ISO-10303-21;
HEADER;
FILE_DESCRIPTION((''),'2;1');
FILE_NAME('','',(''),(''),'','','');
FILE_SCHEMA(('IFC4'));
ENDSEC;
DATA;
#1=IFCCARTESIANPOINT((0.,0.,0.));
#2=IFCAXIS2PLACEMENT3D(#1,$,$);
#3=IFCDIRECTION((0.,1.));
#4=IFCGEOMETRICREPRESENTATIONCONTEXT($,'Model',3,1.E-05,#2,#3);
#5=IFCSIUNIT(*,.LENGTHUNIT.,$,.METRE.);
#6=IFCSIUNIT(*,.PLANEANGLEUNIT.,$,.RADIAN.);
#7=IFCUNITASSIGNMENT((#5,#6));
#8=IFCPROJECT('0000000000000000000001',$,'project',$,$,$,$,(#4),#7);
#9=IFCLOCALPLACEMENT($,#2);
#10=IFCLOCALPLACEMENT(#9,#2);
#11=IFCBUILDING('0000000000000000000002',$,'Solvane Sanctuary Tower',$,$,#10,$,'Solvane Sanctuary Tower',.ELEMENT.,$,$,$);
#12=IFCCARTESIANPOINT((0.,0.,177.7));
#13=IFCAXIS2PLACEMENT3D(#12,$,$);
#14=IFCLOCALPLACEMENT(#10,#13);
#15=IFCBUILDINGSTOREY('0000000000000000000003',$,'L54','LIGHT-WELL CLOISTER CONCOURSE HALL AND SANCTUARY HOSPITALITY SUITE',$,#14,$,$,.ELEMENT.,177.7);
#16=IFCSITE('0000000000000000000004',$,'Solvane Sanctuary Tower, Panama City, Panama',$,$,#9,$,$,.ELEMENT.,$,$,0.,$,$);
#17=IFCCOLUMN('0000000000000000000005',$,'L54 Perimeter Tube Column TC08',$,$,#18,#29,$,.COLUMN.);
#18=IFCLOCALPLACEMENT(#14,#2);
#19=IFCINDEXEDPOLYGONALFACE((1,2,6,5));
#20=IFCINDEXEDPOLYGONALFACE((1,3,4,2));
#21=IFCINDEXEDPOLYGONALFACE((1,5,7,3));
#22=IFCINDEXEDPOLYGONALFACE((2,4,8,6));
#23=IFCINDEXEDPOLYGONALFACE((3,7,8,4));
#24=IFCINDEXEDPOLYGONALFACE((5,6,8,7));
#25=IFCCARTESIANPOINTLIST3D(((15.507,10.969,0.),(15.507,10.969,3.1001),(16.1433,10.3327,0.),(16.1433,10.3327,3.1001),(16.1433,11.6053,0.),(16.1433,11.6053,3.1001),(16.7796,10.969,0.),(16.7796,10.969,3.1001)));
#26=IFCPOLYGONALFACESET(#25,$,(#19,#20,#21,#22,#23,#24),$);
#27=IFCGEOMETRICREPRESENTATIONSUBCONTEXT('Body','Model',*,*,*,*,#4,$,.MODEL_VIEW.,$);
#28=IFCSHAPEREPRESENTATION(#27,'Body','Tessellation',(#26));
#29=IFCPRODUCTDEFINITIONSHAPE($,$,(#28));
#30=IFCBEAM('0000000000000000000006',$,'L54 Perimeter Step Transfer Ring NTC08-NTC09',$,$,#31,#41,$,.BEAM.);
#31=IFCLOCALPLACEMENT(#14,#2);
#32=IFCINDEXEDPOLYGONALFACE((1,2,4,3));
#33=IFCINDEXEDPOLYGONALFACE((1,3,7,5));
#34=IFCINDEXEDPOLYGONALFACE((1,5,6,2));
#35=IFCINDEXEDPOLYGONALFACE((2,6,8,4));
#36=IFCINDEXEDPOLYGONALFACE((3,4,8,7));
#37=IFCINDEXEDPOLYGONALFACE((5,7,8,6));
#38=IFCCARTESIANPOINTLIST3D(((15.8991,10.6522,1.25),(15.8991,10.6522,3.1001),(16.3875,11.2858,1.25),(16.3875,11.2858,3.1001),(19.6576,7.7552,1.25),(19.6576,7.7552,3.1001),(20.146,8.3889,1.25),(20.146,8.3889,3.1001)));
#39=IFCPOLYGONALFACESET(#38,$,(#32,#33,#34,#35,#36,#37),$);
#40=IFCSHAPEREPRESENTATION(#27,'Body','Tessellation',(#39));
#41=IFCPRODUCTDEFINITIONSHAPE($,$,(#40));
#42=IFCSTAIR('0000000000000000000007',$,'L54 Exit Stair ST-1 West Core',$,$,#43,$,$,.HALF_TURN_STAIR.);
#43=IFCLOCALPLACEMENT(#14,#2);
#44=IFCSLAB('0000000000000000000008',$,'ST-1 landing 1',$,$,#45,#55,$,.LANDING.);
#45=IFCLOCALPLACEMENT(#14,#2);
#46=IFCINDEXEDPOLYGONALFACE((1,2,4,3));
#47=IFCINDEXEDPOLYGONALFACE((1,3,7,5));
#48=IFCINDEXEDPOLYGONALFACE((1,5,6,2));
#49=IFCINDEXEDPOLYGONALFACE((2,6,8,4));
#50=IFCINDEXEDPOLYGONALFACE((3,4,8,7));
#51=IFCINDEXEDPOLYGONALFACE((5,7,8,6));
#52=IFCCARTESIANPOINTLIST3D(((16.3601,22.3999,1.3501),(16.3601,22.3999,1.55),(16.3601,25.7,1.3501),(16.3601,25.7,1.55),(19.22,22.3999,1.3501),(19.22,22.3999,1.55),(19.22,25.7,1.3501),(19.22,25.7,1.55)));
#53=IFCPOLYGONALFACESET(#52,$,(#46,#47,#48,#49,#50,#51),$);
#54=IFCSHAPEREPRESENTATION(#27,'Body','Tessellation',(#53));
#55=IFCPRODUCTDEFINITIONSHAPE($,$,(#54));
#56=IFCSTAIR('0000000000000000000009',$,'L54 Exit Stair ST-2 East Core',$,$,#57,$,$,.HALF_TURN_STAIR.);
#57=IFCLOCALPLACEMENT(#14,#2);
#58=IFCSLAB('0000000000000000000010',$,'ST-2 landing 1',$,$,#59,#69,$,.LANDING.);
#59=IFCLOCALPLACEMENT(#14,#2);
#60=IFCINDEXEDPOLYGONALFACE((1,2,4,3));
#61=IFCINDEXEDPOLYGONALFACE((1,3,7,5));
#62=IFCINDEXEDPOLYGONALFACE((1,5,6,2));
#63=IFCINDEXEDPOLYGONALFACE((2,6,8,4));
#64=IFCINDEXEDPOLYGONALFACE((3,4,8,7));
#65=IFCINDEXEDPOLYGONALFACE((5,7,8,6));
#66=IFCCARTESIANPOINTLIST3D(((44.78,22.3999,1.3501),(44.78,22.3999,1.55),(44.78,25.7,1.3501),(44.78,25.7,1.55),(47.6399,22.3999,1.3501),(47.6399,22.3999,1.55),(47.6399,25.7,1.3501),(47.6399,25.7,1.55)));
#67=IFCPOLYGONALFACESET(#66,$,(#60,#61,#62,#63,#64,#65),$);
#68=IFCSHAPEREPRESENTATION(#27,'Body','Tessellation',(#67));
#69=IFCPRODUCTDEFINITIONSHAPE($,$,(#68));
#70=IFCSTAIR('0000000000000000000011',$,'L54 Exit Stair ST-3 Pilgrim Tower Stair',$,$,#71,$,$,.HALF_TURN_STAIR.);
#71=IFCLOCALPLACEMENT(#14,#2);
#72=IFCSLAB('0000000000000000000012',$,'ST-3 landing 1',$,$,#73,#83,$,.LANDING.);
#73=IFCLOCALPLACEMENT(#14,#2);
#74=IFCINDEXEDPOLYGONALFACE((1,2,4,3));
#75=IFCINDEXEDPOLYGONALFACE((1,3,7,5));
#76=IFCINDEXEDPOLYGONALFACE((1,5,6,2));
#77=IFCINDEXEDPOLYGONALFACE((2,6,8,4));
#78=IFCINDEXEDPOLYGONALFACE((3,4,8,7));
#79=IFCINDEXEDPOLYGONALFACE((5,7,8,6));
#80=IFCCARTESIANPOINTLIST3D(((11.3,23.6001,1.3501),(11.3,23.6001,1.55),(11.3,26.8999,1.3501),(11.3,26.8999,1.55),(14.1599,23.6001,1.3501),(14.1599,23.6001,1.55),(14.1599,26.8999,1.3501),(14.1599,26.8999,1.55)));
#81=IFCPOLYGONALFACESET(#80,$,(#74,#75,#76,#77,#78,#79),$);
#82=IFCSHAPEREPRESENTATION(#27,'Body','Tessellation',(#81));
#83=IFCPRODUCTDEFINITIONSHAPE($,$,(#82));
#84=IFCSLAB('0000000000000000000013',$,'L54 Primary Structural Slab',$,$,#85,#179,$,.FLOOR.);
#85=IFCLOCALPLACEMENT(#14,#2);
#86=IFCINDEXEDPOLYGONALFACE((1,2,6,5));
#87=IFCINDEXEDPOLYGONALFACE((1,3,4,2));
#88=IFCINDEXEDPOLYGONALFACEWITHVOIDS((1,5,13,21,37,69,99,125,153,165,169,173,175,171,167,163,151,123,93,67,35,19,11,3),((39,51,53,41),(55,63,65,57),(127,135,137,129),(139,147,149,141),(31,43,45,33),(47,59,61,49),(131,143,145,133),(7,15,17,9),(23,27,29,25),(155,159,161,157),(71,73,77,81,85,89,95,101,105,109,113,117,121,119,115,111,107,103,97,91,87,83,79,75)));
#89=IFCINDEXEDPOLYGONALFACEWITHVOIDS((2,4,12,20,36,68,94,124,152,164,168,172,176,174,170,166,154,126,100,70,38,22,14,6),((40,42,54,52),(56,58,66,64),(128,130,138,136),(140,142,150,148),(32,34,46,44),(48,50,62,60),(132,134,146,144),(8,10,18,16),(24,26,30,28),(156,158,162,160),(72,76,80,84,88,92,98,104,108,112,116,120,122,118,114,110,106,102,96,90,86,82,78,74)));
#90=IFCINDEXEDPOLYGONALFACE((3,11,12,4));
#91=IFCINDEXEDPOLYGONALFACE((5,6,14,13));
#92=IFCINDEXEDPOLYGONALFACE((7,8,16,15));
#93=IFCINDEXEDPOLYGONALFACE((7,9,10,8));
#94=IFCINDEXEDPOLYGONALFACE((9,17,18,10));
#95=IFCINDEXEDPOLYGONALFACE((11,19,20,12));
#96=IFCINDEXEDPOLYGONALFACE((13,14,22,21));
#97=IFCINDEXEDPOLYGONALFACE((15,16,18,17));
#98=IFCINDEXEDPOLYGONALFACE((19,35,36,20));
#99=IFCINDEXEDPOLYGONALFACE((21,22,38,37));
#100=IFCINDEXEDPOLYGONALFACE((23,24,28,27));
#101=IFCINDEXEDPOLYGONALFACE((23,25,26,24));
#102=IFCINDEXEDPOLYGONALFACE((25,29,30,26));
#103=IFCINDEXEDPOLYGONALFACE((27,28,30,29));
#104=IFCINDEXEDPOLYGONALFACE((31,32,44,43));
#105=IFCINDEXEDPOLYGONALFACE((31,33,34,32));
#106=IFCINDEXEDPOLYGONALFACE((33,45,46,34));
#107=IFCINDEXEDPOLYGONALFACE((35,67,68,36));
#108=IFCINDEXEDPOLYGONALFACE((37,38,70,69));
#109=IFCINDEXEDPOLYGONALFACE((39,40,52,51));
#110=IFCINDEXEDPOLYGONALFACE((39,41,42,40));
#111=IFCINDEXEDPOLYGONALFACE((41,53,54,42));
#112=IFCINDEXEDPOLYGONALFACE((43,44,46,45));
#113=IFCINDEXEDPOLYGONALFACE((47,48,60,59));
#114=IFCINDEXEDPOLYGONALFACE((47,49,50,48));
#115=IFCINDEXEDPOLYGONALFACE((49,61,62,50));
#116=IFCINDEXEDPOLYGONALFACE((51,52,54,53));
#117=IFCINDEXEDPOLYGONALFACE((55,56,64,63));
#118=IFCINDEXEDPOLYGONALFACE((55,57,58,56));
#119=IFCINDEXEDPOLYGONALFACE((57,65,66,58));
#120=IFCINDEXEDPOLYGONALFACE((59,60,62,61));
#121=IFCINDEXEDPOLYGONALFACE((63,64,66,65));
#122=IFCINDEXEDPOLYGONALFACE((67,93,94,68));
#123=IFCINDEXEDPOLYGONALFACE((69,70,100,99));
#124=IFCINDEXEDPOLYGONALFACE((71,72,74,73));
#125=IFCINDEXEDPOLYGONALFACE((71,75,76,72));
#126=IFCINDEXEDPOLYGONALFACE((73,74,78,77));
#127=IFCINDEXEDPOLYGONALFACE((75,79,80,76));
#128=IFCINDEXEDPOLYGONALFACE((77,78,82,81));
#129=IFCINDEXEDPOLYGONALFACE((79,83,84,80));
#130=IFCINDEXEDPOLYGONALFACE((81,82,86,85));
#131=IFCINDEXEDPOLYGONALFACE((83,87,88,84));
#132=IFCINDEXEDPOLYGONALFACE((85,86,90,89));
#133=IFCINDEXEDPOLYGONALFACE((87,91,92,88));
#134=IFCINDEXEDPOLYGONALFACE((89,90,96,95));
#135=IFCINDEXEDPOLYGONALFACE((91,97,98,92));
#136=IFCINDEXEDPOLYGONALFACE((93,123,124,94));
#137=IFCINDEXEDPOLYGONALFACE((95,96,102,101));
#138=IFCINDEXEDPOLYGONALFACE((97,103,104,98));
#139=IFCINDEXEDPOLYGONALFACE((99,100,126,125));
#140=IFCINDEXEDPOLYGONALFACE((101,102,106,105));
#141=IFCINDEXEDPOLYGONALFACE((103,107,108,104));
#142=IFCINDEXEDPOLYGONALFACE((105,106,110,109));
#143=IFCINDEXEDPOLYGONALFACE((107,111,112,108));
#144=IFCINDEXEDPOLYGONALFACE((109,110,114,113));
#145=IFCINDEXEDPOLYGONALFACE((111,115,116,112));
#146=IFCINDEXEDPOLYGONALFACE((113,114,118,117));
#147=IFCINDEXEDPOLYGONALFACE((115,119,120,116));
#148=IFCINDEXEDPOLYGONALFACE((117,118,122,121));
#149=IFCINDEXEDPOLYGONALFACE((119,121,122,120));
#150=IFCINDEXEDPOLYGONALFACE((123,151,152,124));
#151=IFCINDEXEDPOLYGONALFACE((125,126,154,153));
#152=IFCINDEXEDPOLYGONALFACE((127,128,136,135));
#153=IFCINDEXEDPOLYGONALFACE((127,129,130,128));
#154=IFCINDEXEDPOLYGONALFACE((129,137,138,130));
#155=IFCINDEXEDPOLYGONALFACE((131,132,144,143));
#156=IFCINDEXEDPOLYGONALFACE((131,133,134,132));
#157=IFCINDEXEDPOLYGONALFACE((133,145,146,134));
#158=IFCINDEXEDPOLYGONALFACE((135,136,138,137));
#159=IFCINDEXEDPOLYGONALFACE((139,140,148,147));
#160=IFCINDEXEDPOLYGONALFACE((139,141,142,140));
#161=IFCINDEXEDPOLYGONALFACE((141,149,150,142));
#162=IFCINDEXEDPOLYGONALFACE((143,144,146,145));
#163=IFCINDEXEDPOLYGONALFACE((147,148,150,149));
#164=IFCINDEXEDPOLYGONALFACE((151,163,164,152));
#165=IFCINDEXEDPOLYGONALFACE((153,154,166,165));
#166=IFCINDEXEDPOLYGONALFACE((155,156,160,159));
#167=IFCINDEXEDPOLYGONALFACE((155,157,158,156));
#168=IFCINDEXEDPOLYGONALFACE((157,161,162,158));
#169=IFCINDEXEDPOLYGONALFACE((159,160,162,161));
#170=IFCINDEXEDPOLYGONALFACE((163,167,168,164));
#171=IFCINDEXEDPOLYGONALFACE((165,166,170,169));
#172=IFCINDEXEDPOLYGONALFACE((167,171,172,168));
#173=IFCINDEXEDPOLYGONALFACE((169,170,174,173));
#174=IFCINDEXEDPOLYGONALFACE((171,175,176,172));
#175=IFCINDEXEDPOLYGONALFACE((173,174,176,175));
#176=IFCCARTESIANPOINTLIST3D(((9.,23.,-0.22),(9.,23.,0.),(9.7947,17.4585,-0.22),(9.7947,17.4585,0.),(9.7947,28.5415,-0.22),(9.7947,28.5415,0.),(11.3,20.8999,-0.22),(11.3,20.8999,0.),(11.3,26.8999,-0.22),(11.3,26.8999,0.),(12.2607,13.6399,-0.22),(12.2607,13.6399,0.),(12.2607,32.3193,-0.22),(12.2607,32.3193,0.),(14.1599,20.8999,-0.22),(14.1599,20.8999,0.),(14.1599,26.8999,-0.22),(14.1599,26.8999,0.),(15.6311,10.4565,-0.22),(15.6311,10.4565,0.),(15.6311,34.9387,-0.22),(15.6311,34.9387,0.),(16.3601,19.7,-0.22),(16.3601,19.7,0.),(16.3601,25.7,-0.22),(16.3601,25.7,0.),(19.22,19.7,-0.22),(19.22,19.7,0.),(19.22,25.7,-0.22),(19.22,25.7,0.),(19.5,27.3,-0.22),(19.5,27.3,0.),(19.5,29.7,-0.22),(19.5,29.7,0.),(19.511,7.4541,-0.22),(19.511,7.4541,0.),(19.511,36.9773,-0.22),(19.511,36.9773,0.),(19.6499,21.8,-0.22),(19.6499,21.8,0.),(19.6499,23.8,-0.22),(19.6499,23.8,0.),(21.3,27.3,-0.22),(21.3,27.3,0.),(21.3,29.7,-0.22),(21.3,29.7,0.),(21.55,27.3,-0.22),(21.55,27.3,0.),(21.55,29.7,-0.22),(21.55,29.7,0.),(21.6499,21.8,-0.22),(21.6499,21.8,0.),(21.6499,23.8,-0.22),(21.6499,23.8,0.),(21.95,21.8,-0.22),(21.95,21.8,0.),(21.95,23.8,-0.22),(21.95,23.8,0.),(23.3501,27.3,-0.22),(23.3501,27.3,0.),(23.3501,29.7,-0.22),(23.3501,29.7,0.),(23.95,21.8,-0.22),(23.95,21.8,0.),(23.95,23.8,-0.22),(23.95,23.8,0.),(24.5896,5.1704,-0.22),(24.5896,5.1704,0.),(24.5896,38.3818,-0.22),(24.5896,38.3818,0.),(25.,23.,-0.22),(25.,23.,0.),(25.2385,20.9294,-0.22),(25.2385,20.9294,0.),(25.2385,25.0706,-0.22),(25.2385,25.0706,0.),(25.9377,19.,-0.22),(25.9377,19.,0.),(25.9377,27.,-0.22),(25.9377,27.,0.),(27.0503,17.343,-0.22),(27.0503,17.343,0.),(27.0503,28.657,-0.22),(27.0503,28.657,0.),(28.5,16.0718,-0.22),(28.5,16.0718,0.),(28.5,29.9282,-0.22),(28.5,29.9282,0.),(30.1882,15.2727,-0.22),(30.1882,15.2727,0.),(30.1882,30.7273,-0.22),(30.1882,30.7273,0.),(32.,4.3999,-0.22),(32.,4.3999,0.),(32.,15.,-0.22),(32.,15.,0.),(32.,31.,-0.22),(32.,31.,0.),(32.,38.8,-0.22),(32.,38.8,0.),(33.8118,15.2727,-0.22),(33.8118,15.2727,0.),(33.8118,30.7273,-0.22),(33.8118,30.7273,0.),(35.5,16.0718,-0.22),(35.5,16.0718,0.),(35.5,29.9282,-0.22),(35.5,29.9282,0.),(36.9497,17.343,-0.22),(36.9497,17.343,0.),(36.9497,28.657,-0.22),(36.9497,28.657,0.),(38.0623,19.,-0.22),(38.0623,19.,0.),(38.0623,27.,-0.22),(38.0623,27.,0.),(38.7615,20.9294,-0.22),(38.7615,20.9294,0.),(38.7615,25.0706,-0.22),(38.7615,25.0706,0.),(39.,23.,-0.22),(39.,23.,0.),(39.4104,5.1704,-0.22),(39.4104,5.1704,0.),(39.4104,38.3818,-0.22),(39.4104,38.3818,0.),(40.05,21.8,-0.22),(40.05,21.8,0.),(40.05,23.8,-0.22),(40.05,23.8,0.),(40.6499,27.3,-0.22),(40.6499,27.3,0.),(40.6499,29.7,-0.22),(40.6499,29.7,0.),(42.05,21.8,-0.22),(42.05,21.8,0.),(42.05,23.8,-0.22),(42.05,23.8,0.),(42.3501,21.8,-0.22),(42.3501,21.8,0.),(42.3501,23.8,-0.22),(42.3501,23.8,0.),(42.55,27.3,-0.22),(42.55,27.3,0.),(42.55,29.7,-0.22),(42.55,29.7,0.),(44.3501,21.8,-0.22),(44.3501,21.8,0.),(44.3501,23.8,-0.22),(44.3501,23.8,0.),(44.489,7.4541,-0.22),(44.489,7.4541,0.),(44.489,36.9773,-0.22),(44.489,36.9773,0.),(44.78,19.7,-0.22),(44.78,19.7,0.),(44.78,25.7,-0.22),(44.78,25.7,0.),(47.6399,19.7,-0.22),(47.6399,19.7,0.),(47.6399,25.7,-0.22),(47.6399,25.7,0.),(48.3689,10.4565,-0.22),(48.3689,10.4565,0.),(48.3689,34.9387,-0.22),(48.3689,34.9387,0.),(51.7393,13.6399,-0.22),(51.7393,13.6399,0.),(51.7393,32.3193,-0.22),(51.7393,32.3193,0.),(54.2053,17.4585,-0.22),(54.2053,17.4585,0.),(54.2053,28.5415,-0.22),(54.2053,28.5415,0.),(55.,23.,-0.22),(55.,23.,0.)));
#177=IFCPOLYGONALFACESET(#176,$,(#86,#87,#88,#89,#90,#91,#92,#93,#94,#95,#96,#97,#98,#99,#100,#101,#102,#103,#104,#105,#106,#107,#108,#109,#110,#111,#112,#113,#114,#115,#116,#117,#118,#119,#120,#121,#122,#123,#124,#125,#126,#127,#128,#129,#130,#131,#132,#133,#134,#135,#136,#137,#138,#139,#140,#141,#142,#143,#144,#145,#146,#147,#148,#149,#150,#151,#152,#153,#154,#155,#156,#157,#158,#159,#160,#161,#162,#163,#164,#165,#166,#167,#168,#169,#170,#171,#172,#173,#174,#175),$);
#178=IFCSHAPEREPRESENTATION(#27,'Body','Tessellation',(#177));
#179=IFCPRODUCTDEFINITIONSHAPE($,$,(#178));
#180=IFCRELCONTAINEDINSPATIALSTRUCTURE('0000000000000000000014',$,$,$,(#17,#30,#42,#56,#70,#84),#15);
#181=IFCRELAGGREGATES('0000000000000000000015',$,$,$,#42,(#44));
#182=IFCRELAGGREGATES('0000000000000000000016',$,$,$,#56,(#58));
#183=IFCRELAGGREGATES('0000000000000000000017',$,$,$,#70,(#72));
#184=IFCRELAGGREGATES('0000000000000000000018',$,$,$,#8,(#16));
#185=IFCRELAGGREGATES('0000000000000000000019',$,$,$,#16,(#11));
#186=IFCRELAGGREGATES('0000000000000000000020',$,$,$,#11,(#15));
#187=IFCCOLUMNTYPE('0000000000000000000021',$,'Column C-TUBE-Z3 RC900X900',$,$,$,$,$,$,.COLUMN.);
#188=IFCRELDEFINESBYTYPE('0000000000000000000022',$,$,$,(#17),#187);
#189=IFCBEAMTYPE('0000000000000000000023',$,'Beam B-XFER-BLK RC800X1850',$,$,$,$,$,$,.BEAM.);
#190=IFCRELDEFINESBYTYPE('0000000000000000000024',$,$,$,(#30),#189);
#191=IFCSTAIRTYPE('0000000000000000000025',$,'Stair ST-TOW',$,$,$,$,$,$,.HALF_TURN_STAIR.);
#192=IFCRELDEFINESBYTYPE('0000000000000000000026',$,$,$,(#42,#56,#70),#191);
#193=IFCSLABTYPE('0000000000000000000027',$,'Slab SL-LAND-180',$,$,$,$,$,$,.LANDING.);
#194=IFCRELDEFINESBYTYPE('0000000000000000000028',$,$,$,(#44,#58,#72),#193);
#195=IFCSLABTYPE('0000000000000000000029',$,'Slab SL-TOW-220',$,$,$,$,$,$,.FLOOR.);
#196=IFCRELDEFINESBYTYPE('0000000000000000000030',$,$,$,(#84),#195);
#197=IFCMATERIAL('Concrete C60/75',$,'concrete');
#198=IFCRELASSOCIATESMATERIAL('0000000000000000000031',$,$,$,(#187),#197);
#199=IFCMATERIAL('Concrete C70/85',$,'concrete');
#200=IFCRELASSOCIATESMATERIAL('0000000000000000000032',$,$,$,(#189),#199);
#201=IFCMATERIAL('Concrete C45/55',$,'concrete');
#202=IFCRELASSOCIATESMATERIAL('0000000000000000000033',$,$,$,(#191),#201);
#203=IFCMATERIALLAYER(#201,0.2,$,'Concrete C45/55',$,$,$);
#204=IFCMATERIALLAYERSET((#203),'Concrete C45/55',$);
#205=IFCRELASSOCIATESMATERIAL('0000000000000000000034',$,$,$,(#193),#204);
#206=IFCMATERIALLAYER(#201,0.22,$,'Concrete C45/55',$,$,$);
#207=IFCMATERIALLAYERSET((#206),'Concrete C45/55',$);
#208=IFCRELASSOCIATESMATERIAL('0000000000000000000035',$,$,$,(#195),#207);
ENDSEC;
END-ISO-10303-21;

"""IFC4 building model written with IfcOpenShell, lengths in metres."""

from ifc_helpers import new_model, si_unit, direction, frame, origin, origin_2d, place, context, subcontext, project, spatial, polyline, rectangle, outline, extrude, material, layer, layer_set, material_profile, profile_set, type_object, element, aggregate, save


model = new_model("IFC4")

# Units and contexts
model_context = context("Model", 3, precision=1e-05, world=origin(), true_north=direction((0.0, 1.0)))
body_context = subcontext(model_context, "Body", "Model", "MODEL_VIEW")
ifc_project = project(units=[si_unit("LENGTHUNIT", "METRE"), si_unit("PLANEANGLEUNIT", "RADIAN")], contexts=[model_context])

# Site, building, storey
site_placement = place(None, origin())
site = spatial("IfcSite", under=ifc_project, at=site_placement, Name="Solvane Sanctuary Tower, Panama City, Panama", CompositionType="ELEMENT", RefElevation=0.0)
building_placement = place(site_placement, origin())
building = spatial("IfcBuilding", under=site, at=building_placement, Name="Solvane Sanctuary Tower", LongName="Solvane Sanctuary Tower", CompositionType="ELEMENT")
storey_placement = place(building_placement, frame((0.0, 0.0, 177.7)))
storey = spatial("IfcBuildingStorey", under=building, at=storey_placement, Name="L54", Description="LIGHT-WELL CLOISTER CONCOURSE HALL AND SANCTUARY HOSPITALITY SUITE", CompositionType="ELEMENT", Elevation=177.7)

# Column
ifc_material_1 = material(Name="Concrete C60/75", Category="concrete")
ifc_material_profile_1 = material_profile(ifc_material_1, rectangle(XDim=0.8999, YDim=0.8999, at=origin_2d()), Name="RC900X900")
ifc_profile_set_1 = profile_set([ifc_material_profile_1], Name="Concrete C60/75")
column_type = type_object("IfcColumnType", Name="Column C-TUBE-Z3 RC900X900", PredefinedType="COLUMN", material=ifc_profile_set_1)
column_placement = place(storey_placement, frame((16.1433, 10.969, 0.0), z_axis=(0.0, 0.0, 1.0), x_axis=(-0.707107, -0.707107, 0.0)))
element("IfcColumn", 1, at=column_placement, inside=storey, type_object=column_type, Name="L54 Perimeter Tube Column TC08", PredefinedType="COLUMN", context=body_context, shape_type="SweptSolid", body=[
    extrude(rectangle(XDim=0.8999, YDim=0.8999, at=origin_2d()), origin(), (0.0, 0.0, 1.0), 3.1001),
])

# Beam
ifc_material_2 = material(Name="Concrete C70/85", Category="concrete")
ifc_material_profile_2 = material_profile(ifc_material_2, rectangle(XDim=0.8, YDim=1.8501, at=origin_2d()), Name="RC800X1850")
ifc_profile_set_2 = profile_set([ifc_material_profile_2], Name="Concrete C70/85")
beam_type = type_object("IfcBeamType", Name="Beam B-XFER-BLK RC800X1850", PredefinedType="BEAM", material=ifc_profile_set_2)
beam_placement = place(storey_placement, frame((16.1433, 10.969, 2.175), z_axis=(0.792035, -0.610476, 0.0), x_axis=(0.610476, 0.792035, 0.0)))
element("IfcBeam", 2, at=beam_placement, inside=storey, type_object=beam_type, Name="L54 Perimeter Step Transfer Ring NTC08-NTC09", PredefinedType="BEAM", context=body_context, shape_type="SweptSolid", body=[
    extrude(rectangle(XDim=0.8, YDim=1.8501, at=origin_2d()), origin(), (0.0, 0.0, 1.0), 4.7454),
])

# Stairs, slabs
ifc_material_3 = material(Name="Concrete C45/55", Category="concrete")
stair_type = type_object("IfcStairType", Name="Stair ST-TOW", PredefinedType="HALF_TURN_STAIR", material=ifc_material_3)
stair_1_placement = place(storey_placement, origin())
stair_1 = element("IfcStair", 3, at=stair_1_placement, inside=storey, type_object=stair_type, Name="L54 Exit Stair ST-1 West Core", PredefinedType="HALF_TURN_STAIR")
ifc_layer_1 = layer(ifc_material_3, 0.2, Name="Concrete C45/55")
ifc_layer_set_1 = layer_set([ifc_layer_1], Name="Concrete C45/55")
slab_type_1 = type_object("IfcSlabType", Name="Slab SL-LAND-180", PredefinedType="LANDING", material=ifc_layer_set_1)
slab_1_placement = place(storey_placement, frame((0.0, 0.0, 1.3501)))
slab_1 = element("IfcSlab", 4, at=slab_1_placement, type_object=slab_type_1, Name="ST-1 landing 1", PredefinedType="LANDING", context=body_context, shape_type="SweptSolid", body=[
    extrude(outline(polyline([(19.22, 22.3999), (19.22, 25.7), (16.3601, 25.7), (16.3601, 22.3999), (19.22, 22.3999)])), origin(), (0.0, 0.0, 1.0), 0.2),
])
aggregate(stair_1, [slab_1])
stair_2_placement = place(storey_placement, origin())
stair_2 = element("IfcStair", 5, at=stair_2_placement, inside=storey, type_object=stair_type, Name="L54 Exit Stair ST-2 East Core", PredefinedType="HALF_TURN_STAIR")
slab_2_placement = place(storey_placement, frame((0.0, 0.0, 1.3501)))
slab_2 = element("IfcSlab", 6, at=slab_2_placement, type_object=slab_type_1, Name="ST-2 landing 1", PredefinedType="LANDING", context=body_context, shape_type="SweptSolid", body=[
    extrude(outline(polyline([(47.6399, 22.3999), (47.6399, 25.7), (44.78, 25.7), (44.78, 22.3999), (47.6399, 22.3999)])), origin(), (0.0, 0.0, 1.0), 0.2),
])
aggregate(stair_2, [slab_2])
stair_3_placement = place(storey_placement, origin())
stair_3 = element("IfcStair", 7, at=stair_3_placement, inside=storey, type_object=stair_type, Name="L54 Exit Stair ST-3 Pilgrim Tower Stair", PredefinedType="HALF_TURN_STAIR")
slab_3_placement = place(storey_placement, frame((0.0, 0.0, 1.3501)))
slab_3 = element("IfcSlab", 8, at=slab_3_placement, type_object=slab_type_1, Name="ST-3 landing 1", PredefinedType="LANDING", context=body_context, shape_type="SweptSolid", body=[
    extrude(outline(polyline([(14.1599, 23.6001), (14.1599, 26.8999), (11.3, 26.8999), (11.3, 23.6001), (14.1599, 23.6001)])), origin(), (0.0, 0.0, 1.0), 0.2),
])
aggregate(stair_3, [slab_3])

# Slab
ifc_layer_2 = layer(ifc_material_3, 0.22, Name="Concrete C45/55")
ifc_layer_set_2 = layer_set([ifc_layer_2], Name="Concrete C45/55")
slab_type_2 = type_object("IfcSlabType", Name="Slab SL-TOW-220", PredefinedType="FLOOR", material=ifc_layer_set_2)
slab_4_placement = place(storey_placement, frame((0.0, 0.0, -0.22)))
element("IfcSlab", 9, at=slab_4_placement, inside=storey, type_object=slab_type_2, Name="L54 Primary Structural Slab", PredefinedType="FLOOR", context=body_context, shape_type="SweptSolid", body=[
    extrude(outline(polyline([(55.0, 23.0), (54.2053, 28.5415), (51.7393, 32.3193), (48.3689, 34.9387), (44.489, 36.9773), (39.4104, 38.3818), (32.0, 38.8), (24.5896, 38.3818), (19.511, 36.9773), (15.6311, 34.9387), (12.2607, 32.3193), (9.7947, 28.5415), (9.0, 23.0), (9.7947, 17.4585), (12.2607, 13.6399), (15.6311, 10.4565), (19.511, 7.4541), (24.5896, 5.1704), (32.0, 4.3999), (39.4104, 5.1704), (44.489, 7.4541), (48.3689, 10.4565), (51.7393, 13.6399), (54.2053, 17.4585), (55.0, 23.0)]), holes=[polyline([(38.7615, 20.9294), (38.0623, 19.0), (36.9497, 17.343), (35.5, 16.0718), (33.8118, 15.2727), (32.0, 15.0), (30.1882, 15.2727), (28.5, 16.0718), (27.0503, 17.343), (25.9377, 19.0), (25.2385, 20.9294), (25.0, 23.0), (25.2385, 25.0706), (25.9377, 27.0), (27.0503, 28.657), (28.5, 29.9282), (30.1882, 30.7273), (32.0, 31.0), (33.8118, 30.7273), (35.5, 29.9282), (36.9497, 28.657), (38.0623, 27.0), (38.7615, 25.0706), (39.0, 23.0), (38.7615, 20.9294)]), polyline([(16.3601, 19.7), (16.3601, 25.7), (19.22, 25.7), (19.22, 19.7), (16.3601, 19.7)]), polyline([(44.78, 19.7), (44.78, 25.7), (47.6399, 25.7), (47.6399, 19.7), (44.78, 19.7)]), polyline([(11.3, 20.8999), (11.3, 26.8999), (14.1599, 26.8999), (14.1599, 20.8999), (11.3, 20.8999)]), polyline([(19.6499, 23.8), (21.6499, 23.8), (21.6499, 21.8), (19.6499, 21.8), (19.6499, 23.8)]), polyline([(42.3501, 23.8), (44.3501, 23.8), (44.3501, 21.8), (42.3501, 21.8), (42.3501, 23.8)]), polyline([(21.95, 23.8), (23.95, 23.8), (23.95, 21.8), (21.95, 21.8), (21.95, 23.8)]), polyline([(40.05, 23.8), (42.05, 23.8), (42.05, 21.8), (40.05, 21.8), (40.05, 23.8)]), polyline([(19.5, 29.7), (21.3, 29.7), (21.3, 27.3), (19.5, 27.3), (19.5, 29.7)]), polyline([(21.55, 29.7), (23.3501, 29.7), (23.3501, 27.3), (21.55, 27.3), (21.55, 29.7)]), polyline([(40.6499, 29.7), (42.55, 29.7), (42.55, 27.3), (40.6499, 27.3), (40.6499, 29.7)])]), origin(), (0.0, 0.0, 1.0), 0.22),
])

save(model, "model.ifc")
